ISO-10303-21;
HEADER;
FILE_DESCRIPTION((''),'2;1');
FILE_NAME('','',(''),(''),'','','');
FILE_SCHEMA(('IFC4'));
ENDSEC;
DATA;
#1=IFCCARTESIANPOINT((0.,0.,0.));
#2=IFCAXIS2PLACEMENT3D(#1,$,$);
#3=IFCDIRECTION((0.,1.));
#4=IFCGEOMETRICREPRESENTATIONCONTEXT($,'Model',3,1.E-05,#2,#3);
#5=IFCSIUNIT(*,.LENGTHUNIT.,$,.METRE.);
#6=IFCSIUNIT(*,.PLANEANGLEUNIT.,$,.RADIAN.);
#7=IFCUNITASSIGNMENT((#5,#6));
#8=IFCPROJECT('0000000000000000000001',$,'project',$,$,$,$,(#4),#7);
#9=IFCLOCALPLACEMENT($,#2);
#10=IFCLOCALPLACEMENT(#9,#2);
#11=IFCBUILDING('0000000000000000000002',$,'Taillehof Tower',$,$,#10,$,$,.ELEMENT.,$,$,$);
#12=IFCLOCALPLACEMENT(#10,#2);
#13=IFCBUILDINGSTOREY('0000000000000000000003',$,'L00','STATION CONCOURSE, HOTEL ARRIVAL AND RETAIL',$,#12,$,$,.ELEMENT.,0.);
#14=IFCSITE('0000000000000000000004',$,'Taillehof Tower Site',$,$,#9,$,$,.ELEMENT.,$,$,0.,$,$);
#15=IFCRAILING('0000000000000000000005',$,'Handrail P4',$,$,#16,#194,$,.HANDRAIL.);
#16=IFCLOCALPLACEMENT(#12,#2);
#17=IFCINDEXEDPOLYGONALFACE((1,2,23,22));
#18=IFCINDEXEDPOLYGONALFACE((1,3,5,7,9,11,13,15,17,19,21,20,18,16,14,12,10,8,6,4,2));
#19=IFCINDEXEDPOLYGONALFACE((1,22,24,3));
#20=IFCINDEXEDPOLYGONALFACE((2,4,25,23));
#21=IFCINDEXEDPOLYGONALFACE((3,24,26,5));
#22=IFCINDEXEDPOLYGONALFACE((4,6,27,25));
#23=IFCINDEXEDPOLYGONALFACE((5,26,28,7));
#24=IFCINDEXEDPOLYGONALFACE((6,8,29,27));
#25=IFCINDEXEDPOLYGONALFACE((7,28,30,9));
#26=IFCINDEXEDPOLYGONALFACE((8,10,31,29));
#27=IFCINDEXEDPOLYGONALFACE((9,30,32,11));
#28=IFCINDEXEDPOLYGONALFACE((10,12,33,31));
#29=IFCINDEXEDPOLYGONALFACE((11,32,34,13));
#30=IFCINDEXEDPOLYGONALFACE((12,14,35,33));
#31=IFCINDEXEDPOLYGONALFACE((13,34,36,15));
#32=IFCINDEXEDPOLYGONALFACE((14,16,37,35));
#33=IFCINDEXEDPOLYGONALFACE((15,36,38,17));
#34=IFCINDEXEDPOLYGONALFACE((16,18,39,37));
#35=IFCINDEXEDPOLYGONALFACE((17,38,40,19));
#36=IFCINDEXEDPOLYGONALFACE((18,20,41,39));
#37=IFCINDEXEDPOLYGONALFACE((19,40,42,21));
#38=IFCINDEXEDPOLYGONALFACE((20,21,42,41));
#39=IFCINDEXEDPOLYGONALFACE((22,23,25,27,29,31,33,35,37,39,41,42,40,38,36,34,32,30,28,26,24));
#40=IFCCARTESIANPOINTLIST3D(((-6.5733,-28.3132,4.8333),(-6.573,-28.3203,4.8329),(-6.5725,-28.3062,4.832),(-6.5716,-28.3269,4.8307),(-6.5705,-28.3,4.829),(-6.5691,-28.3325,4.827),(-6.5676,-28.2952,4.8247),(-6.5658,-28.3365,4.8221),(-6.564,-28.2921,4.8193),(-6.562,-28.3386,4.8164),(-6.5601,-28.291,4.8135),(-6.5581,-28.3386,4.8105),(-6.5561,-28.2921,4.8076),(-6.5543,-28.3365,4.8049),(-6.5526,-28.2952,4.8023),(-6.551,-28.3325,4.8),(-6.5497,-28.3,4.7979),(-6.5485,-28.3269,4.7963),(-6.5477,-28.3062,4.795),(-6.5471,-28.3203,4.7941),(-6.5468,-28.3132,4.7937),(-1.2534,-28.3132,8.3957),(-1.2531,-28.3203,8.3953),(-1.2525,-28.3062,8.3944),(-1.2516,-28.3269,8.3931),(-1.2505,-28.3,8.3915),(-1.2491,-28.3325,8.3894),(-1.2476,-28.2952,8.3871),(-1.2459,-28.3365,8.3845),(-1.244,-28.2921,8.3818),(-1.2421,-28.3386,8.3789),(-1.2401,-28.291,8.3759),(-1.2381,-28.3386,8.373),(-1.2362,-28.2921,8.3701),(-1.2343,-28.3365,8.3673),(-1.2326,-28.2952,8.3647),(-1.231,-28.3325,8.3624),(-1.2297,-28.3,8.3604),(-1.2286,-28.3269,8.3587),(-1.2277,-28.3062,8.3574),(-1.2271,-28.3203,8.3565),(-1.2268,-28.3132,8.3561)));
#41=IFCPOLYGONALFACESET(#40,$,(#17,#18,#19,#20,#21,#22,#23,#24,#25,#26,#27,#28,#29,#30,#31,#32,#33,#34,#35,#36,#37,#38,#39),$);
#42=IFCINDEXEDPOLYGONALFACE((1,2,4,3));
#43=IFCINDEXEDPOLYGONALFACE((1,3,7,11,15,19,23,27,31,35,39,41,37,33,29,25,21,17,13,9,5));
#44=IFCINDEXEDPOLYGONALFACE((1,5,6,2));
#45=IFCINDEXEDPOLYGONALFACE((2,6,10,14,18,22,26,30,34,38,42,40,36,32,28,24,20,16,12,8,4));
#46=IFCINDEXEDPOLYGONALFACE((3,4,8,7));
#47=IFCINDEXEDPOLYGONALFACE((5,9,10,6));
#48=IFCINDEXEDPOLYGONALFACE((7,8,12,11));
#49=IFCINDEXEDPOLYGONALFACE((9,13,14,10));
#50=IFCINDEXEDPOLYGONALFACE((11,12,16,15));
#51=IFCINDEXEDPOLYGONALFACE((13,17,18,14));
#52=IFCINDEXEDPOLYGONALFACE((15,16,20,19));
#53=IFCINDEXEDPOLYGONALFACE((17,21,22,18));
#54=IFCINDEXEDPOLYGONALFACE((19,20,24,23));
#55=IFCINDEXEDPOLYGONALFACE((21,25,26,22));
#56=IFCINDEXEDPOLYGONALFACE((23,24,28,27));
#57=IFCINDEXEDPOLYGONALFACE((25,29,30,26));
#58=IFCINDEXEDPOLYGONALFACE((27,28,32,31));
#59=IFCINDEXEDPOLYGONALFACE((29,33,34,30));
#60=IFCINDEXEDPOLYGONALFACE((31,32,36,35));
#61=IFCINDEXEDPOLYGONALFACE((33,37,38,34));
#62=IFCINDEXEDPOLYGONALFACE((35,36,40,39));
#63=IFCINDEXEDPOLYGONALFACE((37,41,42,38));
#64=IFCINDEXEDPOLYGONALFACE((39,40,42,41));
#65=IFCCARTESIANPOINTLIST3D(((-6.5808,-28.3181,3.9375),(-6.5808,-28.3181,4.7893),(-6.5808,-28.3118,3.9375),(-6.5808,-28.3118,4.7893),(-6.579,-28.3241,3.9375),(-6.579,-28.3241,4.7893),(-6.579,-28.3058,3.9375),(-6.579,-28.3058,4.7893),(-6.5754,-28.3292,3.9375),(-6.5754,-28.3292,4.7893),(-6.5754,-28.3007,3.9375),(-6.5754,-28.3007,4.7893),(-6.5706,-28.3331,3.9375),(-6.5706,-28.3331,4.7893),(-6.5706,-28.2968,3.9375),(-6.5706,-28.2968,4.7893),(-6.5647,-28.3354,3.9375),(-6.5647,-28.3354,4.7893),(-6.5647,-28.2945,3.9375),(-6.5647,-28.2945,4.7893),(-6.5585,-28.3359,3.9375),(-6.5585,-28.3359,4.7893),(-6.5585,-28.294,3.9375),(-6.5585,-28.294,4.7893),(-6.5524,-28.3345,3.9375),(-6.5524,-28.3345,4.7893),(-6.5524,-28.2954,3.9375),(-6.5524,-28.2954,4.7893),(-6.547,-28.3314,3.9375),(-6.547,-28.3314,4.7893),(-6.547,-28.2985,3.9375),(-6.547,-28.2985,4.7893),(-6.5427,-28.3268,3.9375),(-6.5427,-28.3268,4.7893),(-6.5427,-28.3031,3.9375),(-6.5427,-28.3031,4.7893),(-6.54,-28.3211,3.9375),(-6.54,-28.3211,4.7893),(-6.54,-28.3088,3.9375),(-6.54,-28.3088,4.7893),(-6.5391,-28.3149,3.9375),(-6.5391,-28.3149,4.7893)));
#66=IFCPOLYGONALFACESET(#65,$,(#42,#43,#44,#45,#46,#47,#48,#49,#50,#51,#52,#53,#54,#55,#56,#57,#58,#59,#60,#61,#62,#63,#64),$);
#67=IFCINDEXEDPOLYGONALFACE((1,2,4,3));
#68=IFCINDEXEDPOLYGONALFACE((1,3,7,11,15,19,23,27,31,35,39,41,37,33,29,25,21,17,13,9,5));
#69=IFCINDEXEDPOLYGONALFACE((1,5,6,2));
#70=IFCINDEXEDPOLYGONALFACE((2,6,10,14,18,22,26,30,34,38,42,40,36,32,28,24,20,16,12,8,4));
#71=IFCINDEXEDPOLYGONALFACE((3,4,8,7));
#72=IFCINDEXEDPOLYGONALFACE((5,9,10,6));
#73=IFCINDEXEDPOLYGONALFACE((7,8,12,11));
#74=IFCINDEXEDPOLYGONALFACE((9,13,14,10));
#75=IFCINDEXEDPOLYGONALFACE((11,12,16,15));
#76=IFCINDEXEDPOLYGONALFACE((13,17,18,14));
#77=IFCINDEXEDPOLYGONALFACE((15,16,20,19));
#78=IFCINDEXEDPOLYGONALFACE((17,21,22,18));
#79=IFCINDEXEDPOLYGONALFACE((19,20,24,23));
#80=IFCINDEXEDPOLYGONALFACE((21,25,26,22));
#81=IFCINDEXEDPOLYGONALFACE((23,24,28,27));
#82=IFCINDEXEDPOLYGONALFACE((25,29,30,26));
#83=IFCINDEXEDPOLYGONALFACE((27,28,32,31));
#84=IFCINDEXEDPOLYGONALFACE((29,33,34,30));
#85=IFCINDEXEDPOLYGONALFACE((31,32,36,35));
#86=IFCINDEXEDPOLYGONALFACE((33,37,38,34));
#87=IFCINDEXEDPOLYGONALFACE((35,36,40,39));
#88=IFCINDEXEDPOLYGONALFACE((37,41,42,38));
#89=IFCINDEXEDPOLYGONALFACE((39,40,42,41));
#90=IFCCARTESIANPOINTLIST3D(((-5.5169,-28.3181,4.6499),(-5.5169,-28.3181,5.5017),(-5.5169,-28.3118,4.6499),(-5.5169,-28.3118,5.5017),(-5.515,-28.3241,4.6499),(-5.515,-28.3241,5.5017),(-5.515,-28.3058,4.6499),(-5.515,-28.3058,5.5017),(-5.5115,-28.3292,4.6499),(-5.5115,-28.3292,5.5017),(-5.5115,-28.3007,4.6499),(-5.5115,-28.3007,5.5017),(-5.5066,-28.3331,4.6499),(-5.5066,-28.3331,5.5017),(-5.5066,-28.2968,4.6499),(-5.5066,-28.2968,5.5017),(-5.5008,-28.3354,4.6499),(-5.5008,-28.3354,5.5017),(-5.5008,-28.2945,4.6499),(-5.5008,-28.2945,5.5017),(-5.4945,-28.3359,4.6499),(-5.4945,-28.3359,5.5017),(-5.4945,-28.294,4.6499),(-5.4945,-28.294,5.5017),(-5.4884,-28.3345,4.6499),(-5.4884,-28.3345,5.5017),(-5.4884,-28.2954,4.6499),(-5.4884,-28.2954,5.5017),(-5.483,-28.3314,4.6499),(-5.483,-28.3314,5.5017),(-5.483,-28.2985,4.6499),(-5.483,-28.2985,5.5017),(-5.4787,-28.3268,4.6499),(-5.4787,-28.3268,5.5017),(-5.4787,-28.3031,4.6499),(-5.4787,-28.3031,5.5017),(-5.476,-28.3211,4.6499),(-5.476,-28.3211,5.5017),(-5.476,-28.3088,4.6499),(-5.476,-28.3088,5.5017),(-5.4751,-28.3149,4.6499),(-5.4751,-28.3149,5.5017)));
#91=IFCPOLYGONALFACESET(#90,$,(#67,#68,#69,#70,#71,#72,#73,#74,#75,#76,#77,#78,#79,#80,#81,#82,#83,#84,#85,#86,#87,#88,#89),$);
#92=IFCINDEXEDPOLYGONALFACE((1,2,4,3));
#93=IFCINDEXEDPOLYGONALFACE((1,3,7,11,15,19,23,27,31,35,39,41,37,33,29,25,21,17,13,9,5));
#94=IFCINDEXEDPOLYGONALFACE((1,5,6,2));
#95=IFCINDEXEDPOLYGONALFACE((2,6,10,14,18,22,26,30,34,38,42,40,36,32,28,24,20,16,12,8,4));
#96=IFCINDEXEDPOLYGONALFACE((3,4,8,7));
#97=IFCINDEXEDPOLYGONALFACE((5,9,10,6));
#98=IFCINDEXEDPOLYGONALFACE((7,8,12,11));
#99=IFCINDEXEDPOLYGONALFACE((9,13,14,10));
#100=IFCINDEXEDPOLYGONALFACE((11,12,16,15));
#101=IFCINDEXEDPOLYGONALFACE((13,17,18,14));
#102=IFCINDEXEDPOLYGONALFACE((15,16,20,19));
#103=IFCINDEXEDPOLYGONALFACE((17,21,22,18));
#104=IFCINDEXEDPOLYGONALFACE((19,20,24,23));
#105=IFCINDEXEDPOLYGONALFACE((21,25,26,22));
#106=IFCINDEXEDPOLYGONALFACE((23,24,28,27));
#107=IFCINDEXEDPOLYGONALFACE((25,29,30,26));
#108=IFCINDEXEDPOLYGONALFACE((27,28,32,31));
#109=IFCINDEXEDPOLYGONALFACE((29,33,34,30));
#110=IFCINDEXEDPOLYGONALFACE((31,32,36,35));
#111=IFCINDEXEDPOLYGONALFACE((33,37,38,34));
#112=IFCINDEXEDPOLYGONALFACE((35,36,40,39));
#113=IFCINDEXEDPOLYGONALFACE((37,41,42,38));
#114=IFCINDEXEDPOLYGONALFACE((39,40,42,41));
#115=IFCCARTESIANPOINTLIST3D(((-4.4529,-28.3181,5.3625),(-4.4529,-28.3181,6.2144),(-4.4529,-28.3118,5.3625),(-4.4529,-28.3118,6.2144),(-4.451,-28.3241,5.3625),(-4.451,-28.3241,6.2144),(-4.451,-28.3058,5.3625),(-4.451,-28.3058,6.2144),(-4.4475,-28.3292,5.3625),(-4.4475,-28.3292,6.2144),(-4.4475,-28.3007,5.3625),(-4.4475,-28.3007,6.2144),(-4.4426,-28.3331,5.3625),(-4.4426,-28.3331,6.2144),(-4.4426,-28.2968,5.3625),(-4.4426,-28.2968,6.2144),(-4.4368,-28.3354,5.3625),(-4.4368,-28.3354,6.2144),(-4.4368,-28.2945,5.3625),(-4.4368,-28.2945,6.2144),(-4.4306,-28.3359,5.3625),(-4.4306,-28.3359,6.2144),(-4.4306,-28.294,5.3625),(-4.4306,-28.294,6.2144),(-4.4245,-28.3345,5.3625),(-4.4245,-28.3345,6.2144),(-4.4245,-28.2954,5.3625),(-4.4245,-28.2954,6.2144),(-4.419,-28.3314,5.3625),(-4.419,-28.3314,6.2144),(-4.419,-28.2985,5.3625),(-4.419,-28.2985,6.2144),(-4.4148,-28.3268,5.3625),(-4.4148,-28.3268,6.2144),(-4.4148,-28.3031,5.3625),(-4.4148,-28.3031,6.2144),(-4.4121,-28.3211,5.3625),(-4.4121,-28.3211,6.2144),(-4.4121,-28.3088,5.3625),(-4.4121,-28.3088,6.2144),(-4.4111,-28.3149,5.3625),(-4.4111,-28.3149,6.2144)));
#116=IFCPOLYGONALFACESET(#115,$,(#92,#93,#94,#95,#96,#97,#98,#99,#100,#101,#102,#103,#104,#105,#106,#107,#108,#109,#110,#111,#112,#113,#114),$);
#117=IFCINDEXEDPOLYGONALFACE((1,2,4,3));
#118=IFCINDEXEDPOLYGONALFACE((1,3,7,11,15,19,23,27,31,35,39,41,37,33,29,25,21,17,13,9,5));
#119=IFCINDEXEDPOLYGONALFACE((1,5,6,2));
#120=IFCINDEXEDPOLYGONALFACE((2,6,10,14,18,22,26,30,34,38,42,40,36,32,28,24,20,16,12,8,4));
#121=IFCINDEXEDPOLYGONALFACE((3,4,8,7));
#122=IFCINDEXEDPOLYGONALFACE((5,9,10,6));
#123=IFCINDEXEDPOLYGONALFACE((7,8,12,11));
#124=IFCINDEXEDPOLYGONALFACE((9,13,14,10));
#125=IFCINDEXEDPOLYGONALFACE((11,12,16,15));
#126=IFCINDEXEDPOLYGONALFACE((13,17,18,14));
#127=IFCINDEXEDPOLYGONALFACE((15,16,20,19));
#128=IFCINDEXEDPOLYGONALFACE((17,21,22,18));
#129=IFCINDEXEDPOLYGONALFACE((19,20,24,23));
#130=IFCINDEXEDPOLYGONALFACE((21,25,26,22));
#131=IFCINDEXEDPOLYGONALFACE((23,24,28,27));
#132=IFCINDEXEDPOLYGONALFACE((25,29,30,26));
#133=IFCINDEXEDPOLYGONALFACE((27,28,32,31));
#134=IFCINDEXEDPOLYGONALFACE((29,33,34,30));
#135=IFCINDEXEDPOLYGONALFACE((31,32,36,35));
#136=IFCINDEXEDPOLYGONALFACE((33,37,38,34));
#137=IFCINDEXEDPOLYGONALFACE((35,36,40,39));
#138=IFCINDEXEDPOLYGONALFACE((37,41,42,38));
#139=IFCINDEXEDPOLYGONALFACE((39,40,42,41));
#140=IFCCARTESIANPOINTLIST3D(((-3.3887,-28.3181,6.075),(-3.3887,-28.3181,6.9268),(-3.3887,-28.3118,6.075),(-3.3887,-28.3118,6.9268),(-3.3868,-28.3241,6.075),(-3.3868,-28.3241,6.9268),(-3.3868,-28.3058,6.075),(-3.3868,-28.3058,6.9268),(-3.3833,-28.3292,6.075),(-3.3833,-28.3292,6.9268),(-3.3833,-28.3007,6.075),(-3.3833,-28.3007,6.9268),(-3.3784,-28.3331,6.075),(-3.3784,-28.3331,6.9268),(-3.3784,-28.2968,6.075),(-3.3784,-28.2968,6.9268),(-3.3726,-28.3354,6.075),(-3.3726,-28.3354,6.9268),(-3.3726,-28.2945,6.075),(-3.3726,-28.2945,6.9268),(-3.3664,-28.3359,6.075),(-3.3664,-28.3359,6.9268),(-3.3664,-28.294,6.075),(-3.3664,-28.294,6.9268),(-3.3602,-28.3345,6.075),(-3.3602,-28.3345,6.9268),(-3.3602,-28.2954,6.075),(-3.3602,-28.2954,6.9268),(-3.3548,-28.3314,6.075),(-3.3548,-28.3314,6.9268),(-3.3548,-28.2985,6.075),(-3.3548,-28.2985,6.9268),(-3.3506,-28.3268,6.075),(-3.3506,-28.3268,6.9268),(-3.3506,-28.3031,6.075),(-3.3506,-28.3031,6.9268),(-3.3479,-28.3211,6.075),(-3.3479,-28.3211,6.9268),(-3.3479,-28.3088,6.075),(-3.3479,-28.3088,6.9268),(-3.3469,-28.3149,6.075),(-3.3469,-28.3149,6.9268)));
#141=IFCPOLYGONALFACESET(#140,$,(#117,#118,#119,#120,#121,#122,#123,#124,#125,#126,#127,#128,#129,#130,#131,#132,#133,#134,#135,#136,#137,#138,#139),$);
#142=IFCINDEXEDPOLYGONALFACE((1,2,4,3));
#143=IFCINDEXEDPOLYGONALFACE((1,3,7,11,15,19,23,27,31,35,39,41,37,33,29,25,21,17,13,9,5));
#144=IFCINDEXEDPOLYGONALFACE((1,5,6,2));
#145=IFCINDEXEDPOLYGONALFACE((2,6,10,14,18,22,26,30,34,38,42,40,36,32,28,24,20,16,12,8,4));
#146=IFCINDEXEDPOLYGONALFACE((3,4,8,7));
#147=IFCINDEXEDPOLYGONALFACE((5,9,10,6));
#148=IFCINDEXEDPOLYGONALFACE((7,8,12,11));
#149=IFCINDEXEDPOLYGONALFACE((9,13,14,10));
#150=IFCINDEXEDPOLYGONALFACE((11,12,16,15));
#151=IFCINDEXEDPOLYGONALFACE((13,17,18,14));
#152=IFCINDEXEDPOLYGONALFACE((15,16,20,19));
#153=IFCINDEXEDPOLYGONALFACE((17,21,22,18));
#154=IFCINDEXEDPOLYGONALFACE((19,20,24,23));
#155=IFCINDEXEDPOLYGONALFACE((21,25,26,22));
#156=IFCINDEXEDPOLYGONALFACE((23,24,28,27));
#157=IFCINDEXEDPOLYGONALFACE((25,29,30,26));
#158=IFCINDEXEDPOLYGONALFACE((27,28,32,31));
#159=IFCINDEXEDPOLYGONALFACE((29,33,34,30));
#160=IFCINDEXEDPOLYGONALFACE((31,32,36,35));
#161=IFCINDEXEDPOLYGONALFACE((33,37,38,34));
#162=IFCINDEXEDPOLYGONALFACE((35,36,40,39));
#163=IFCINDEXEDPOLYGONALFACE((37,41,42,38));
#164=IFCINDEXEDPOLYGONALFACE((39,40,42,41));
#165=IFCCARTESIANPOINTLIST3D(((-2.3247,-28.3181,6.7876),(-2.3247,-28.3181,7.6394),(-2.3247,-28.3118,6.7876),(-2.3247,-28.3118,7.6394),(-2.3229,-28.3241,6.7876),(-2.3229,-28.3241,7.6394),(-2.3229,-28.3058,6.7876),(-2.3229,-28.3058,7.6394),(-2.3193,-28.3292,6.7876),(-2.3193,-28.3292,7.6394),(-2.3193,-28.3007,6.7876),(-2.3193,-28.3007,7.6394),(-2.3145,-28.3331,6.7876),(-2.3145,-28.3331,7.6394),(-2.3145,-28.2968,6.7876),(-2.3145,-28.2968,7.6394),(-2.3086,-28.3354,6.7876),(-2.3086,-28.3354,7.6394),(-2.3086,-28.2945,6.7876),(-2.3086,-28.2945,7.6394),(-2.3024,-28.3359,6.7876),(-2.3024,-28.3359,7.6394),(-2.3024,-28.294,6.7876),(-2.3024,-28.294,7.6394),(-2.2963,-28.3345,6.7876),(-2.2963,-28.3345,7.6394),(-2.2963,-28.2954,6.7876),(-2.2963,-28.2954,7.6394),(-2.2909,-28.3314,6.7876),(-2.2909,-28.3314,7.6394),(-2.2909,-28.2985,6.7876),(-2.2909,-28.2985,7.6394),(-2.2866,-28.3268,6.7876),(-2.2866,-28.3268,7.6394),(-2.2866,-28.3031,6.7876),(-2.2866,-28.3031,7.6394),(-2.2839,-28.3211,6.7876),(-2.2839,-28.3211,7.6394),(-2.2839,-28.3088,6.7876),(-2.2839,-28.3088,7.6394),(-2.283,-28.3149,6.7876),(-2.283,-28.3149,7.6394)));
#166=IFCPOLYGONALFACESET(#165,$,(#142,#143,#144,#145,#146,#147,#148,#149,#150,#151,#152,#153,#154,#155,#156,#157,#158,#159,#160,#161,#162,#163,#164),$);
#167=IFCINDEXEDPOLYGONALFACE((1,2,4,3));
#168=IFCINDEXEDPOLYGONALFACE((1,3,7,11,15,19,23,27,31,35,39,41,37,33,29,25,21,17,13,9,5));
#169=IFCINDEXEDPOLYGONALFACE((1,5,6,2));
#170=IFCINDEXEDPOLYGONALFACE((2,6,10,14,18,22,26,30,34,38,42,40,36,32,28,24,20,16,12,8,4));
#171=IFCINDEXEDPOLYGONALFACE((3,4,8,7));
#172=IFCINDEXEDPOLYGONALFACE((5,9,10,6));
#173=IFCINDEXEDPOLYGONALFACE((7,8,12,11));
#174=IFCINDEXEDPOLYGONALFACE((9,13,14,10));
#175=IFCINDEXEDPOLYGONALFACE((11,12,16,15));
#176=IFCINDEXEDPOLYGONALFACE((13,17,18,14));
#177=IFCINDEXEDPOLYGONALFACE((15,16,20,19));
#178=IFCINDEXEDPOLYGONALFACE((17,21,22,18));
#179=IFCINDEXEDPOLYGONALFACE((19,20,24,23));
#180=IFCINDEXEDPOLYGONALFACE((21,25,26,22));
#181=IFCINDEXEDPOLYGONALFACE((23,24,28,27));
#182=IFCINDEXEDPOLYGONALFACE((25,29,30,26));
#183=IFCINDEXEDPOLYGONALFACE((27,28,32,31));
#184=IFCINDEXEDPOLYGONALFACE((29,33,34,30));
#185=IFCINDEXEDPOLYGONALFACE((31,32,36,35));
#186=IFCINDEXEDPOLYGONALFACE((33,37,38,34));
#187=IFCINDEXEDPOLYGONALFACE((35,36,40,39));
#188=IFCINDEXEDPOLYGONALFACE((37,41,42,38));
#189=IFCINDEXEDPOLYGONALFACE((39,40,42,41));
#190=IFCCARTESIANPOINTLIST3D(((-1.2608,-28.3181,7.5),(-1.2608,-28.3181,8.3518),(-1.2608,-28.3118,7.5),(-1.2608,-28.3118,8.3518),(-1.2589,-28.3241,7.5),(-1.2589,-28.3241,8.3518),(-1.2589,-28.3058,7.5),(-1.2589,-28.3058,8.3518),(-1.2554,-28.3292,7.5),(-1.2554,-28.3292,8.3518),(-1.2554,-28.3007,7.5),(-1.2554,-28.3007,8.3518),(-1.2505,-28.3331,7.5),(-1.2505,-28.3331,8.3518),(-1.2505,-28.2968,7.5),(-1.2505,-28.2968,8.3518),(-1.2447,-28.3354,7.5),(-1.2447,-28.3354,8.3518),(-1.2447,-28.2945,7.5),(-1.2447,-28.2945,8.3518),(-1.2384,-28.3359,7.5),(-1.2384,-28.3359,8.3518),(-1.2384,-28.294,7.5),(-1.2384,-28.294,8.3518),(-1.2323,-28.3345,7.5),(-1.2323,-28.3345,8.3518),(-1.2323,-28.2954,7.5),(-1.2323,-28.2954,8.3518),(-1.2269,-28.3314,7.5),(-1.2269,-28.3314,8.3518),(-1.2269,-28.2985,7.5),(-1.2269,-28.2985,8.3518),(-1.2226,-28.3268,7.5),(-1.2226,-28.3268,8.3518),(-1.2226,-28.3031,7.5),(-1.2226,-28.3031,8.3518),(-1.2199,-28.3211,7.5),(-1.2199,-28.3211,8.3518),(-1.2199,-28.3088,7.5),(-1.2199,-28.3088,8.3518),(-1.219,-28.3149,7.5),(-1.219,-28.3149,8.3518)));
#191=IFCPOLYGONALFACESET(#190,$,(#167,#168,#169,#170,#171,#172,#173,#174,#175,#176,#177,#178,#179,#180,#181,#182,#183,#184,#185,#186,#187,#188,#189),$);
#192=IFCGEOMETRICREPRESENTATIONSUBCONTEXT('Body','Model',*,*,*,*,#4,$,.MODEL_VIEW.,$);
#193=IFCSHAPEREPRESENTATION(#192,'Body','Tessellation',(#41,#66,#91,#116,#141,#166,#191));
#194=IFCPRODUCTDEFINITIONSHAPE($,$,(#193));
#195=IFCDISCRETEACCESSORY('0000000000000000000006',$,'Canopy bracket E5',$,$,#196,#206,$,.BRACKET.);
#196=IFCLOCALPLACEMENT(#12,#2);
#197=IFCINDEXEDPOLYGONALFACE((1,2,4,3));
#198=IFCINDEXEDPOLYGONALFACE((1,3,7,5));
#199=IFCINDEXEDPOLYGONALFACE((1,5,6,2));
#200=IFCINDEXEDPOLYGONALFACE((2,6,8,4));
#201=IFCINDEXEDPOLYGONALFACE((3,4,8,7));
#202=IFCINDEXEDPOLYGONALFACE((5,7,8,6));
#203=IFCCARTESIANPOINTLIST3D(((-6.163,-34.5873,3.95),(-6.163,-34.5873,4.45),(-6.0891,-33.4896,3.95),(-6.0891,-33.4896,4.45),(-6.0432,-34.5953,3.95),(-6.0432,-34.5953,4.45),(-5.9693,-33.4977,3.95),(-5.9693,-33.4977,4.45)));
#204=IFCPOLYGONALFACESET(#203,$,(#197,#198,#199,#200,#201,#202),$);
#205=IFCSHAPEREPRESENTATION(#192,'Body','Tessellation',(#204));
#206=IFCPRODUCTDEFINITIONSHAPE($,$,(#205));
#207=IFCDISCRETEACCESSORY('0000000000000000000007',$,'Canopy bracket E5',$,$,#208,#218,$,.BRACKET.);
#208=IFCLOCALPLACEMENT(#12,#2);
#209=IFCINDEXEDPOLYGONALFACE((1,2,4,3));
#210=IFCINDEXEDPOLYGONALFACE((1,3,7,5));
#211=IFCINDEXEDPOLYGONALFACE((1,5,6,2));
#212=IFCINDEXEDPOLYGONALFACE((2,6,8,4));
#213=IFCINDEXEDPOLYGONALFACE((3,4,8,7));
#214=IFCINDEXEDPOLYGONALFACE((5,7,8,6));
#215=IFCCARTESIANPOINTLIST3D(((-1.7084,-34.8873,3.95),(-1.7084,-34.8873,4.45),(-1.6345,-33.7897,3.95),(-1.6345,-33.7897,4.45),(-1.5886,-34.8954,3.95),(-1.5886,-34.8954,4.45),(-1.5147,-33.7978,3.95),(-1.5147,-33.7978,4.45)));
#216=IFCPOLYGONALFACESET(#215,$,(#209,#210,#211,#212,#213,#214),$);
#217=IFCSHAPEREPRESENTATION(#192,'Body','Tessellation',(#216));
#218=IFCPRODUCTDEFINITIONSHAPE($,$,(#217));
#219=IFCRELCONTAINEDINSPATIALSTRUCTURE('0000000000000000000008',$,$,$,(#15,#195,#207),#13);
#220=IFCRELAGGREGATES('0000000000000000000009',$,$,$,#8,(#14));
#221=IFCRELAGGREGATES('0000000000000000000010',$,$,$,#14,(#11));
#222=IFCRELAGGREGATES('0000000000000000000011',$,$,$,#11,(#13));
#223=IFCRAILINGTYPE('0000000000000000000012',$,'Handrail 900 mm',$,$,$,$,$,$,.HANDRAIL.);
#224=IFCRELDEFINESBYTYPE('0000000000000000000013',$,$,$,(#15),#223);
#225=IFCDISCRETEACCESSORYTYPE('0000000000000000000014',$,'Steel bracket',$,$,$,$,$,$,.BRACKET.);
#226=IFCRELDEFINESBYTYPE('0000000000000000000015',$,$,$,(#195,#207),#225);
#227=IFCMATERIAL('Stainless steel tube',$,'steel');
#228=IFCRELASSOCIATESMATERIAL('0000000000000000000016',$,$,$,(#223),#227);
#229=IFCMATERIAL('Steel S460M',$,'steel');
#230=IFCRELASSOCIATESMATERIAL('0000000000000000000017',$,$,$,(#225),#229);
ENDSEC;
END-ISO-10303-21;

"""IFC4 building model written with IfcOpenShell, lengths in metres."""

from ifc_helpers import new_model, si_unit, direction, frame, origin, origin_2d, place, context, subcontext, project, spatial, rectangle, circle, extrude, material, type_object, element, save


model = new_model("IFC4")

# Units and contexts
model_context = context("Model", 3, precision=1e-05, world=origin(), true_north=direction((0.0, 1.0)))
body_context = subcontext(model_context, "Body", "Model", "MODEL_VIEW")
ifc_project = project(units=[si_unit("LENGTHUNIT", "METRE"), si_unit("PLANEANGLEUNIT", "RADIAN")], contexts=[model_context])

# Site, building, storey
site_placement = place(None, origin())
site = spatial("IfcSite", under=ifc_project, at=site_placement, Name="Taillehof Tower Site", CompositionType="ELEMENT", RefElevation=0.0)
building_placement = place(site_placement, origin())
building = spatial("IfcBuilding", under=site, at=building_placement, Name="Taillehof Tower", CompositionType="ELEMENT")
storey_placement = place(building_placement, origin())
storey = spatial("IfcBuildingStorey", under=building, at=storey_placement, Name="L00", Description="STATION CONCOURSE, HOTEL ARRIVAL AND RETAIL", CompositionType="ELEMENT", Elevation=0.0)

# Railing
ifc_material_1 = material(Name="Stainless steel tube", Category="steel")
railing_type = type_object("IfcRailingType", Name="Handrail 900 mm", PredefinedType="HANDRAIL", material=ifc_material_1)
railing_placement = place(storey_placement, frame((-6.5601, -28.3149, 3.9375)))
element("IfcRailing", 1, at=railing_placement, inside=storey, type_object=railing_type, Name="Handrail P4", PredefinedType="HANDRAIL", context=body_context, shape_type="SweptSolid", body=[
    extrude(circle(Radius=0.0239, at=origin_2d()), frame((0.0, 0.0, 0.876), z_axis=(0.83091, 0.0, 0.556406), x_axis=(0.0, 1.0, 0.0)), (0.0, 0.0, 1.0), 6.4026),
    extrude(circle(Radius=0.021, at=origin_2d()), origin(), (0.0, 0.0, 1.0), 0.8518),
    extrude(circle(Radius=0.021, at=origin_2d()), frame((1.064, 0.0, 0.7124)), (0.0, 0.0, 1.0), 0.8518),
    extrude(circle(Radius=0.021, at=origin_2d()), frame((2.1279, 0.0, 1.425)), (0.0, 0.0, 1.0), 0.8518),
    extrude(circle(Radius=0.021, at=origin_2d()), frame((3.1921, 0.0, 2.1375)), (0.0, 0.0, 1.0), 0.8518),
    extrude(circle(Radius=0.021, at=origin_2d()), frame((4.2561, 0.0, 2.8501)), (0.0, 0.0, 1.0), 0.8518),
    extrude(circle(Radius=0.021, at=origin_2d()), frame((5.3201, 0.0, 3.5625)), (0.0, 0.0, 1.0), 0.8518),
])

# Discrete accessories
ifc_material_2 = material(Name="Steel S460M", Category="steel")
discrete_accessory_type_1 = type_object("IfcDiscreteAccessoryType", Name="Steel bracket", PredefinedType="BRACKET", material=ifc_material_2)
for number, where, z_axis, x_axis, name in (
    (2, (-6.0662, -34.0425, 3.95), (0.0, 0.0, 1.0), (-0.067183, -0.997741, 0.0), "Canopy bracket E5"),
    (3, (-1.6116, -34.3425, 3.95), (0.0, 0.0, 1.0), (-0.067183, -0.997741, 0.0), "Canopy bracket E5"),
):
    element("IfcDiscreteAccessory", number, at=place(storey_placement, frame(where, z_axis=z_axis, x_axis=x_axis)), inside=storey, type_object=discrete_accessory_type_1, Name=name, PredefinedType="BRACKET", context=body_context, shape_type="SweptSolid", body=[
        extrude(rectangle(XDim=1.1001, YDim=0.1201, at=origin_2d()), origin(), (0.0, 0.0, 1.0), 0.5),
    ])

save(model, "model.ifc")
